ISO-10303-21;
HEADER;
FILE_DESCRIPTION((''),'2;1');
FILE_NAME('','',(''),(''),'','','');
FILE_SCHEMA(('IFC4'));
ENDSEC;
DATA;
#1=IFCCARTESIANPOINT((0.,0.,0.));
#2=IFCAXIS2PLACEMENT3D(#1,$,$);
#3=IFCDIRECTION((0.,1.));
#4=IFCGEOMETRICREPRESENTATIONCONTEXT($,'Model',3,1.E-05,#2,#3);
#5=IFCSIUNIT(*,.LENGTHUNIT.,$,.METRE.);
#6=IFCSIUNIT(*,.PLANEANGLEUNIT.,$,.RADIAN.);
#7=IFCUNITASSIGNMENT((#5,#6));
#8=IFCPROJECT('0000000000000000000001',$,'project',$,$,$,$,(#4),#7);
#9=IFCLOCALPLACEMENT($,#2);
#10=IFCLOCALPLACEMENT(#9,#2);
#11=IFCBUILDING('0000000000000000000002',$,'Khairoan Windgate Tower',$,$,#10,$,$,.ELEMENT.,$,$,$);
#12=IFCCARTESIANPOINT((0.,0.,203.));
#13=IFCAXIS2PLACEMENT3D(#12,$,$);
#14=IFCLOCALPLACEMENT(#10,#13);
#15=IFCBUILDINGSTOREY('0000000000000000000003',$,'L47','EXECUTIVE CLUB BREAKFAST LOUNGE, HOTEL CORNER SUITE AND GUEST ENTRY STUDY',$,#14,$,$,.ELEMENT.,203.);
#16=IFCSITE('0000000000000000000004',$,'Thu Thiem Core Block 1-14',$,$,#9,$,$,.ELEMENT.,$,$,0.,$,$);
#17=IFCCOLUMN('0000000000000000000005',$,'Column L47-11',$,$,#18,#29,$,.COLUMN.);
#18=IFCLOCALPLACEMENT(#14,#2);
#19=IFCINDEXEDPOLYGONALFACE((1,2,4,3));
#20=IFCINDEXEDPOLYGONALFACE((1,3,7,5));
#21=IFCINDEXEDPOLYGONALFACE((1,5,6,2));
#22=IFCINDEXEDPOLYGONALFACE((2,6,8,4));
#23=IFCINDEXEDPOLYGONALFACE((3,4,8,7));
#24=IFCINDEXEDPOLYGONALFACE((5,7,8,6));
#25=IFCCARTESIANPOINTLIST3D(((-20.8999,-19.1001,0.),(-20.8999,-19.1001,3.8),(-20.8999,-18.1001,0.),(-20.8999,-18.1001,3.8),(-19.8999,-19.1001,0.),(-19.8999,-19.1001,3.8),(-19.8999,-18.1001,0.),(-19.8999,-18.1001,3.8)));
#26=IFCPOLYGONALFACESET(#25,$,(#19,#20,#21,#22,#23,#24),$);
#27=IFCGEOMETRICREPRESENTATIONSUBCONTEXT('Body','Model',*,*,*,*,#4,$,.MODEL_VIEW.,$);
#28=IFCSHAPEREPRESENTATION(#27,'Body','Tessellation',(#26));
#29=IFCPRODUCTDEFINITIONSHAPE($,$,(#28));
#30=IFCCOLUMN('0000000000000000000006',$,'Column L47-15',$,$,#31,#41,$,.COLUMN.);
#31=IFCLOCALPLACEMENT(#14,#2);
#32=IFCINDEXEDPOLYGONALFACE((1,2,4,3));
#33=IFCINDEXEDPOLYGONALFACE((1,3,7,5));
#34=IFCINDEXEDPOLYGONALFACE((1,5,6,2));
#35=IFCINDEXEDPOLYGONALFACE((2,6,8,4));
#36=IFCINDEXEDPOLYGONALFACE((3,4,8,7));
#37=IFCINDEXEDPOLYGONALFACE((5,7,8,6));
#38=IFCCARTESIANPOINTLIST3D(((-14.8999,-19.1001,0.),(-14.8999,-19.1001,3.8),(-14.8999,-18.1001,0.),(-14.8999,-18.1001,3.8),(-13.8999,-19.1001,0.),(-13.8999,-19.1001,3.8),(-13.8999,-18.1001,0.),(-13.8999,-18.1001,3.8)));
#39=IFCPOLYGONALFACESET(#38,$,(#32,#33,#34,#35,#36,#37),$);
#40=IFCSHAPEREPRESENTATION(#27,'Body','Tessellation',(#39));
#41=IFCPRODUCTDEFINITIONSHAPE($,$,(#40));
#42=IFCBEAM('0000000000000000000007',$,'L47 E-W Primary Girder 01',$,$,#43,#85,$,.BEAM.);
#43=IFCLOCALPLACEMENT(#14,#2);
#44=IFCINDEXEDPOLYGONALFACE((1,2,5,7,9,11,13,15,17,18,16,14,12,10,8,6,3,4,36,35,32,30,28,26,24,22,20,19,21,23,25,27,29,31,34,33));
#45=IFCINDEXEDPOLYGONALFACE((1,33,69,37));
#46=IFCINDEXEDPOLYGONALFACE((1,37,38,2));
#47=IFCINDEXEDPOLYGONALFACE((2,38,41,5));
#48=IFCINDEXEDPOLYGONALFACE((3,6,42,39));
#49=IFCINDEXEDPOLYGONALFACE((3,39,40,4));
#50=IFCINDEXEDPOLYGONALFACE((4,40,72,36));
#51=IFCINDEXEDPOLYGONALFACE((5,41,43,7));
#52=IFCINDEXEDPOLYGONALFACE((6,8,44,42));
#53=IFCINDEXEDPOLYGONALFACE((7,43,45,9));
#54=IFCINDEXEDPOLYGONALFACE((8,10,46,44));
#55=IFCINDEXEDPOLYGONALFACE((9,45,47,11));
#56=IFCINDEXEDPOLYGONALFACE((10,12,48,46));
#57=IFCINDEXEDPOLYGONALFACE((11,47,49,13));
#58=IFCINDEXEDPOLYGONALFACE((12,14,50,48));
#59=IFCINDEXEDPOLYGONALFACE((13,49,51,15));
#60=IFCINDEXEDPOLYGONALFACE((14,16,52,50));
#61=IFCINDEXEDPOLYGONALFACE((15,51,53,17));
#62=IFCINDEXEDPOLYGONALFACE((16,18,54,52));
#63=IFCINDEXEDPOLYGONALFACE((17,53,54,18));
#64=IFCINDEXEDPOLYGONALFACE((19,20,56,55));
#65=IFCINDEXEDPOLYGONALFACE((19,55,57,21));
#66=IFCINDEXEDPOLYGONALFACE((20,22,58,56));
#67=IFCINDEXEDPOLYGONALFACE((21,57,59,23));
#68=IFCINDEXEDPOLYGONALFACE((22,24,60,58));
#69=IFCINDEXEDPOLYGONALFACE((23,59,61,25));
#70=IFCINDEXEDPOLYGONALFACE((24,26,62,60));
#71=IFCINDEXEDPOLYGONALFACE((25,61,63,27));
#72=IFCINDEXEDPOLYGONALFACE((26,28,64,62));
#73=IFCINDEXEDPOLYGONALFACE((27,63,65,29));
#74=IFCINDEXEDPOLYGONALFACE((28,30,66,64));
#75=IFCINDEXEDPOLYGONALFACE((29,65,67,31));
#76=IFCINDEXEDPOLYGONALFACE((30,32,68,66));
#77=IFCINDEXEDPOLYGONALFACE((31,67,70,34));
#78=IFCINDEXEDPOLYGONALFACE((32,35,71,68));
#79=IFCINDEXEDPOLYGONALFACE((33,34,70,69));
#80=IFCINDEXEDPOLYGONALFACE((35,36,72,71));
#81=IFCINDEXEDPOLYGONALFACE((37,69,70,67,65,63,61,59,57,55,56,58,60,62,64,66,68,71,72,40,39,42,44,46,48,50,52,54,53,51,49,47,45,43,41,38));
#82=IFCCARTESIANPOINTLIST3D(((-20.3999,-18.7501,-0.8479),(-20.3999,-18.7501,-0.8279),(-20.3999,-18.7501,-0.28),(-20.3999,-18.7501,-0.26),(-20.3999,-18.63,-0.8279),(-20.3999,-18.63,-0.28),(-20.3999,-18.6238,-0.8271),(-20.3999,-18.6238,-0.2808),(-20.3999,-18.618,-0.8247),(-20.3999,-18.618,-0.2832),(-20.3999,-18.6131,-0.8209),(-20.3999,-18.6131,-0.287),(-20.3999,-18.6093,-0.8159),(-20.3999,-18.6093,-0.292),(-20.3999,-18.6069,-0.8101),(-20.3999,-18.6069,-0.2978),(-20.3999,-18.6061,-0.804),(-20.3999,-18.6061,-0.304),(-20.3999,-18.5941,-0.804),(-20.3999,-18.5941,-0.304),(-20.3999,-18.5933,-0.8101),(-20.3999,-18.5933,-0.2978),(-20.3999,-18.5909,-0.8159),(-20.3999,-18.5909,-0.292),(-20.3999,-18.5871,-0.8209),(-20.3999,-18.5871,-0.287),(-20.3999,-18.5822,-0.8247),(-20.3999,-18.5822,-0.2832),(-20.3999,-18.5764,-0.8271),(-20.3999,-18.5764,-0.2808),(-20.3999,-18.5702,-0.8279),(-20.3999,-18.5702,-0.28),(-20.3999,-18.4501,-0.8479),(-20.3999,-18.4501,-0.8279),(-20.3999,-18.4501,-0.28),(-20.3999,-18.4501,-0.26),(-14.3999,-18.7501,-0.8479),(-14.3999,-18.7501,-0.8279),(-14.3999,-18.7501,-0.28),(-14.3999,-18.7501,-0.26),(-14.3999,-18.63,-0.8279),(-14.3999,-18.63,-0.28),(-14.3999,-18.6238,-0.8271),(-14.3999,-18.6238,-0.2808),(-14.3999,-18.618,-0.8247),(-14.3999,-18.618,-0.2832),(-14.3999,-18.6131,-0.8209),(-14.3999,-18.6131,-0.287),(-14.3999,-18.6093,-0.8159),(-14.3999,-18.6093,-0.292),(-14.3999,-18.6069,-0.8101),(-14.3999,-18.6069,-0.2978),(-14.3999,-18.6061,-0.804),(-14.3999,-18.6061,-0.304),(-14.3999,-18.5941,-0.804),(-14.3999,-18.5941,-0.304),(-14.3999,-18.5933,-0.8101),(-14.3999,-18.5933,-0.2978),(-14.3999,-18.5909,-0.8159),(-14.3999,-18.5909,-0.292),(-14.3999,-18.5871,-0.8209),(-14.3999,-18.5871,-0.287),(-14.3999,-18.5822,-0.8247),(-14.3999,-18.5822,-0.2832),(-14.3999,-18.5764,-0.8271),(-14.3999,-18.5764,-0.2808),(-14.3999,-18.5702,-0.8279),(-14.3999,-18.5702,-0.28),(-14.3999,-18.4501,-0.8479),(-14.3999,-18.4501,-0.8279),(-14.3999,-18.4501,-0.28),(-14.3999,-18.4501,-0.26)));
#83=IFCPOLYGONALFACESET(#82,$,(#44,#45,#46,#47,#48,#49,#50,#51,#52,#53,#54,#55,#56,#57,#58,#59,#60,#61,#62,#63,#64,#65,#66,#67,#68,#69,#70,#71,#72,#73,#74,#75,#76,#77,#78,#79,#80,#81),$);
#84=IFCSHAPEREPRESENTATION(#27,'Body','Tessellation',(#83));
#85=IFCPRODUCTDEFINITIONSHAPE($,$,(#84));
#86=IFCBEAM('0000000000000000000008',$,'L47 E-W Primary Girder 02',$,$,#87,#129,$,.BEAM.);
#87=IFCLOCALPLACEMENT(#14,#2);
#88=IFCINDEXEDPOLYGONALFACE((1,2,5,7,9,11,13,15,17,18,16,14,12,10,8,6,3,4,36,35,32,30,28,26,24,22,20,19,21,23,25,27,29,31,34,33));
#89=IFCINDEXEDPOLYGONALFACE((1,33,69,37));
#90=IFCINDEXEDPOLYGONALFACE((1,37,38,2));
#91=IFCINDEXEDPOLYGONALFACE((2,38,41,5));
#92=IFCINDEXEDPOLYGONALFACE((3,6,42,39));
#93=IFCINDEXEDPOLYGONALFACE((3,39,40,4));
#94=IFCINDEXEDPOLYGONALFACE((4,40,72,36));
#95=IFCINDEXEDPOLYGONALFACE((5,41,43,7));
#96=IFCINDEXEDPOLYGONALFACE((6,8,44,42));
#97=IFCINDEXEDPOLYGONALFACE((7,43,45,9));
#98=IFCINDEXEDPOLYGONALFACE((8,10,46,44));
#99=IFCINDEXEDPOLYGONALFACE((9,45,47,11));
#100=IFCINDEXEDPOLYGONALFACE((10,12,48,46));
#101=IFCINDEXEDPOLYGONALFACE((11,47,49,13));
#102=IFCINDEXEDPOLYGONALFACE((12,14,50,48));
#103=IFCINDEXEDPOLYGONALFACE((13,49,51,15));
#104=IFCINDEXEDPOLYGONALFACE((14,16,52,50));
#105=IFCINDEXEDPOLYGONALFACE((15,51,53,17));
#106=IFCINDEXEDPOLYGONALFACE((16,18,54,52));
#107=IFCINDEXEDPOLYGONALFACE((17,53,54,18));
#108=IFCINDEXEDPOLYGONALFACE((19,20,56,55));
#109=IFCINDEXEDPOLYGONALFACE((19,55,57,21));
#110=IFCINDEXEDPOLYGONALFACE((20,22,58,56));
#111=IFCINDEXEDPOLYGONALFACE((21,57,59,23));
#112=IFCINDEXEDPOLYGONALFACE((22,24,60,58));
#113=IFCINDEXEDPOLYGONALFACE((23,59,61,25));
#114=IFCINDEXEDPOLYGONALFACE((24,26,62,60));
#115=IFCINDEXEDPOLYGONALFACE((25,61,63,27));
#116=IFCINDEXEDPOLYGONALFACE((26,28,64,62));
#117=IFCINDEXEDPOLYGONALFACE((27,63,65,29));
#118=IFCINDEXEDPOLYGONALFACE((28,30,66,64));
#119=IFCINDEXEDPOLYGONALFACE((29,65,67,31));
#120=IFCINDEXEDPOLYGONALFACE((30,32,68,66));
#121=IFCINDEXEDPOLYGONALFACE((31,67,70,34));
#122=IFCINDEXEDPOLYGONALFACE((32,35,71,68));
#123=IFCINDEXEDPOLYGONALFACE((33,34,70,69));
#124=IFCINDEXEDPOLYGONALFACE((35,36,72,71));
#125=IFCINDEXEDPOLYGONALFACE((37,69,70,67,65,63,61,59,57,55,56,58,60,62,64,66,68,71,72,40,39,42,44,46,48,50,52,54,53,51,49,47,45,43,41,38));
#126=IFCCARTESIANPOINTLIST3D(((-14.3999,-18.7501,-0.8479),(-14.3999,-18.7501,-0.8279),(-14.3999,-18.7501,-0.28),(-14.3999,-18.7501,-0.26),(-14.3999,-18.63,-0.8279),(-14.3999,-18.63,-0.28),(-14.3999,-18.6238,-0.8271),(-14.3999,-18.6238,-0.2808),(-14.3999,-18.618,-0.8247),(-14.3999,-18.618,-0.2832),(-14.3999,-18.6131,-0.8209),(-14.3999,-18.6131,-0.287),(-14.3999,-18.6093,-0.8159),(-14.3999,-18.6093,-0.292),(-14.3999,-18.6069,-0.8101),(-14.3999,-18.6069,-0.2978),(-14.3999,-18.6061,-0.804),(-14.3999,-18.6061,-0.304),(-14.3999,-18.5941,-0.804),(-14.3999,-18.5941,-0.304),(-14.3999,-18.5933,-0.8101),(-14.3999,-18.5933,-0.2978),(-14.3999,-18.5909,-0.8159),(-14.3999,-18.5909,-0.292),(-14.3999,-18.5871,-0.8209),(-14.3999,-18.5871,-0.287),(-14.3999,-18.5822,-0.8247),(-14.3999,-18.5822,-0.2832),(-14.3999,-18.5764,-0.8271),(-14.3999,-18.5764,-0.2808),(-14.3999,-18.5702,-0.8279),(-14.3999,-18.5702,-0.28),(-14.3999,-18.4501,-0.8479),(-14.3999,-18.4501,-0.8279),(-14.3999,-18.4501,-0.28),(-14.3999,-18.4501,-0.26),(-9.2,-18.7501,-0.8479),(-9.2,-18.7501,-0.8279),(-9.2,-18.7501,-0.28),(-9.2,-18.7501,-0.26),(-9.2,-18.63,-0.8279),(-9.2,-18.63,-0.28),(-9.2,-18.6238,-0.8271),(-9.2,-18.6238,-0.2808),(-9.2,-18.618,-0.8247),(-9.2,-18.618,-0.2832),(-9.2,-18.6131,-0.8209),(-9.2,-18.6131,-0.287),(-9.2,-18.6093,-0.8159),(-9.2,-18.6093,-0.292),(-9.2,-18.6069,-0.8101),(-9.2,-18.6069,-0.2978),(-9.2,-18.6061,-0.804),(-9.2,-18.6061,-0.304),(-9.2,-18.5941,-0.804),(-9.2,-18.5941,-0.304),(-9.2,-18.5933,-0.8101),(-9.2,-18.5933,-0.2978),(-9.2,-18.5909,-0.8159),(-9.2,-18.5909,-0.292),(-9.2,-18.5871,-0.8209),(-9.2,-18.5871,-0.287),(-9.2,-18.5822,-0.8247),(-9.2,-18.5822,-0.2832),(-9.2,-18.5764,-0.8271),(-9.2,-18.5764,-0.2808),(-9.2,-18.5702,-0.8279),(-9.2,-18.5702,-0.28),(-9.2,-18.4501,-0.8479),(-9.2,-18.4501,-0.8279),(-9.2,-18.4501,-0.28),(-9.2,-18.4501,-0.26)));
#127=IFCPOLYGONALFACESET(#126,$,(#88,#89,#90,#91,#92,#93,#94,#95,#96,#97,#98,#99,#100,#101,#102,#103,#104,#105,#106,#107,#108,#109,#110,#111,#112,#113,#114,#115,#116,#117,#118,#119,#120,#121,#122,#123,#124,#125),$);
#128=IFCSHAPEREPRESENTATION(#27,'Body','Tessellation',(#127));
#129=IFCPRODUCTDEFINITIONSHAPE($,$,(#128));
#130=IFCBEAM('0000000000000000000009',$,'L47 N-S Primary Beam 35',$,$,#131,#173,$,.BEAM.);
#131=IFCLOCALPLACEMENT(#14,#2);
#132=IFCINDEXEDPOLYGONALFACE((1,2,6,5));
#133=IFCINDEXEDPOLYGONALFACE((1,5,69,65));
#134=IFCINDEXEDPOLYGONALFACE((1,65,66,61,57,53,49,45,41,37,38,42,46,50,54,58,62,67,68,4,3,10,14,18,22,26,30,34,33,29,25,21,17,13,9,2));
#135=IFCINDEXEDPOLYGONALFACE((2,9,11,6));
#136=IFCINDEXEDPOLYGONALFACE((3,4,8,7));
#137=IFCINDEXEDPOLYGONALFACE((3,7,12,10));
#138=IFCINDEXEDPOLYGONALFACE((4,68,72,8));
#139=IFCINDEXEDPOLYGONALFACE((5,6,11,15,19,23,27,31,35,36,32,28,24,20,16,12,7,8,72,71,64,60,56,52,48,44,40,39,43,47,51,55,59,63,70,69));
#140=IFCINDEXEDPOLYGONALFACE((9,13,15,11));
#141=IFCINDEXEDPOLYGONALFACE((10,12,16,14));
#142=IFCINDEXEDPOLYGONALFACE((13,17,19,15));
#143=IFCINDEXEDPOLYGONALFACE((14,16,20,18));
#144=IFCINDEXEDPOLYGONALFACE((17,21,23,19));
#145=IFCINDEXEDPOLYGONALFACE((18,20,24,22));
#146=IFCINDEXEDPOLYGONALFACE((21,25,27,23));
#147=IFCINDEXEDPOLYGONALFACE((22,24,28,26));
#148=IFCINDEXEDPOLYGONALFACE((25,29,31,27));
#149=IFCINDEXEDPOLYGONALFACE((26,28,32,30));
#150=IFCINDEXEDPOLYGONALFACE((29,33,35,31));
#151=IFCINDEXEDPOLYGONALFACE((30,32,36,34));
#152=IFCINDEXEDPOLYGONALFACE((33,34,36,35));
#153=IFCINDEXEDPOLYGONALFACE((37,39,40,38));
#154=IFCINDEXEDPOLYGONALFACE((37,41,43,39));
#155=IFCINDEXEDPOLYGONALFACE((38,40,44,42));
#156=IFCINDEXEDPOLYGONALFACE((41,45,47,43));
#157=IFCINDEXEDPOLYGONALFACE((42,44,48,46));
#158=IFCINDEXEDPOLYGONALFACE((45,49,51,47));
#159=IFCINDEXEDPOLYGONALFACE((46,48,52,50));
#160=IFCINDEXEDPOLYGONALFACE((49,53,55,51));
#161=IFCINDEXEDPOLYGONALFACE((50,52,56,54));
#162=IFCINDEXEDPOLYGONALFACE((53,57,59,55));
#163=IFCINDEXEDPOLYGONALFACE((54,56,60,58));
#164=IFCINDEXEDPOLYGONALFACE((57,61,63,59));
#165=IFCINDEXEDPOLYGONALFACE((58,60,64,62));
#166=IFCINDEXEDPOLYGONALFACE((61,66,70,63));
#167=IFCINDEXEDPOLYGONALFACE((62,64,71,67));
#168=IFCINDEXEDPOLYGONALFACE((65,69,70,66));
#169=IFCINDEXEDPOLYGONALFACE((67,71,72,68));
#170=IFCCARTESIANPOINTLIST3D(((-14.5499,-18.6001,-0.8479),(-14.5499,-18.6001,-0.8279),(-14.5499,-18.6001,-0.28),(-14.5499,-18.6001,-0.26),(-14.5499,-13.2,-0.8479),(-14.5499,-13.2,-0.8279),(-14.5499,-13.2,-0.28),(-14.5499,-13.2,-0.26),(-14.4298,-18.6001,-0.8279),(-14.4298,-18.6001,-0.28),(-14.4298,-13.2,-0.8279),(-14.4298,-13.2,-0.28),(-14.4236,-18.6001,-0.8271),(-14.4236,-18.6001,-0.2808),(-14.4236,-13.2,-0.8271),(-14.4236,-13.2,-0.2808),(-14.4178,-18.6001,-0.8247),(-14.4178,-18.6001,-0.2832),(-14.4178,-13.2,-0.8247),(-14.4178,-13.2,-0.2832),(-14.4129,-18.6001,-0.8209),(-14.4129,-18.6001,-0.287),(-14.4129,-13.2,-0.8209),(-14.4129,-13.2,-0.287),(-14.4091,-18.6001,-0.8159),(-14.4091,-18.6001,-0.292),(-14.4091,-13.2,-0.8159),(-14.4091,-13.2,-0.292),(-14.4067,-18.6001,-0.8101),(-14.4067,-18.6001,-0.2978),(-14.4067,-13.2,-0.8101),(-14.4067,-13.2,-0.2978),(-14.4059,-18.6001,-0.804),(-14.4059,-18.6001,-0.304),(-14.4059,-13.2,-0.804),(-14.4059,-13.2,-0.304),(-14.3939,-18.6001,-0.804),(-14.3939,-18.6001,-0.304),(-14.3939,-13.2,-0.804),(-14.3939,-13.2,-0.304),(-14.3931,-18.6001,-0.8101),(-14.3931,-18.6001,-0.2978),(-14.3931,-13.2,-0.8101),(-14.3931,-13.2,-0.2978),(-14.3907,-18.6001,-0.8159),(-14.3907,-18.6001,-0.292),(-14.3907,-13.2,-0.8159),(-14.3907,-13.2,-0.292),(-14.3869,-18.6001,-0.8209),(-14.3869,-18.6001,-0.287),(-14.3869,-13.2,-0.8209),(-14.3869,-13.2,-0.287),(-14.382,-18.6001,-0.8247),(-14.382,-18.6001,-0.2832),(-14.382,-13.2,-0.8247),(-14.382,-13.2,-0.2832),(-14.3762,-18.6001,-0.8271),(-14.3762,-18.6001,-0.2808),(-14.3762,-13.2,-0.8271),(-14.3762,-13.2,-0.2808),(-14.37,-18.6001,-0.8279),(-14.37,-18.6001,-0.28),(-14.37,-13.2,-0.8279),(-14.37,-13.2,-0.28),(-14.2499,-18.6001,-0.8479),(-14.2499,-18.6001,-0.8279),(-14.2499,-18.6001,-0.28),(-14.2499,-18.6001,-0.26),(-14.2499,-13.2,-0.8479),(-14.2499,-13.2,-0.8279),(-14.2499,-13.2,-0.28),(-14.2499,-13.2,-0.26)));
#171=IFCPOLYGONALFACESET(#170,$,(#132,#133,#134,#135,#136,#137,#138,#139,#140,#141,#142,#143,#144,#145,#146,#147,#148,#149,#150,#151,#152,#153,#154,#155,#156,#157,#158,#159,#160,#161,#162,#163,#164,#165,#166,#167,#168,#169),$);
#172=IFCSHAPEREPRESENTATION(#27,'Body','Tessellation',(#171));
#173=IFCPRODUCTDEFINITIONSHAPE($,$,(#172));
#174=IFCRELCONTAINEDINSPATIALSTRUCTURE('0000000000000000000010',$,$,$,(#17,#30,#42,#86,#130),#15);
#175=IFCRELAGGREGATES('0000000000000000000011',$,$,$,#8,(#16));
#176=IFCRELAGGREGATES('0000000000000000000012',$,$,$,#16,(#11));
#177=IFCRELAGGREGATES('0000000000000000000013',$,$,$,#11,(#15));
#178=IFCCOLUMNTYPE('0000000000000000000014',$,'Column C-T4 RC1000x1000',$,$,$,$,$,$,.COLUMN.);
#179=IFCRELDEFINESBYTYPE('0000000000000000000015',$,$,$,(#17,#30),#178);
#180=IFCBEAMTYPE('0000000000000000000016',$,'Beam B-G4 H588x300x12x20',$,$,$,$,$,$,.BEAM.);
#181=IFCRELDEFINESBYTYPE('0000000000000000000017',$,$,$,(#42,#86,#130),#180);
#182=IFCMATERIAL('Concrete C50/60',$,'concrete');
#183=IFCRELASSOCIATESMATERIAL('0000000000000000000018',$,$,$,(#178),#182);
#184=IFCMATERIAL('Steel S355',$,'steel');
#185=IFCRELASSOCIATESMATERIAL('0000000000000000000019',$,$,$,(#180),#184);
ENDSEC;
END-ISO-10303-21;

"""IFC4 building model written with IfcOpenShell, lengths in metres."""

from ifc_helpers import new_model, si_unit, direction, frame, origin, origin_2d, place, context, subcontext, project, spatial, rectangle, i_section, extrude, material, material_profile, profile_set, type_object, element, save


model = new_model("IFC4")

# Units and contexts
model_context = context("Model", 3, precision=1e-05, world=origin(), true_north=direction((0.0, 1.0)))
body_context = subcontext(model_context, "Body", "Model", "MODEL_VIEW")
ifc_project = project(units=[si_unit("LENGTHUNIT", "METRE"), si_unit("PLANEANGLEUNIT", "RADIAN")], contexts=[model_context])

# Site, building, storey
site_placement = place(None, origin())
site = spatial("IfcSite", under=ifc_project, at=site_placement, Name="Thu Thiem Core Block 1-14", CompositionType="ELEMENT", RefElevation=0.0)
building_placement = place(site_placement, origin())
building = spatial("IfcBuilding", under=site, at=building_placement, Name="Khairoan Windgate Tower", CompositionType="ELEMENT")
storey_placement = place(building_placement, frame((0.0, 0.0, 203.0)))
storey = spatial("IfcBuildingStorey", under=building, at=storey_placement, Name="L47", Description="EXECUTIVE CLUB BREAKFAST LOUNGE, HOTEL CORNER SUITE AND GUEST ENTRY STUDY", CompositionType="ELEMENT", Elevation=203.0)

# Columns
ifc_material_1 = material(Name="Concrete C50/60", Category="concrete")
ifc_material_profile_1 = material_profile(ifc_material_1, rectangle(XDim=1.0, YDim=1.0, at=origin_2d()))
ifc_profile_set_1 = profile_set([ifc_material_profile_1], Name="Concrete C50/60")
column_type = type_object("IfcColumnType", Name="Column C-T4 RC1000x1000", PredefinedType="COLUMN", material=ifc_profile_set_1)
for number, where, z_axis, x_axis, name in (
    (1, (-20.3999, -18.6001, 0.0), (0.0, 0.0, 1.0), (1.0, 0.0, 0.0), "Column L47-11"),
    (2, (-14.3999, -18.6001, 0.0), (0.0, 0.0, 1.0), (1.0, 0.0, 0.0), "Column L47-15"),
):
    element("IfcColumn", number, at=place(storey_placement, frame(where, z_axis=z_axis, x_axis=x_axis)), inside=storey, type_object=column_type, Name=name, PredefinedType="COLUMN", context=body_context, shape_type="SweptSolid", body=[
        extrude(rectangle(XDim=1.0, YDim=1.0, at=origin_2d()), origin(), (0.0, 0.0, 1.0), 3.8),
    ])

# Beams
ifc_material_2 = material(Name="Steel S355", Category="steel")
ifc_material_profile_2 = material_profile(ifc_material_2, i_section(OverallWidth=0.3, OverallDepth=0.5879, WebThickness=0.012, FlangeThickness=0.02, FilletRadius=0.0239, at=origin_2d()))
ifc_profile_set_2 = profile_set([ifc_material_profile_2], Name="Steel S355")
beam_type_1 = type_object("IfcBeamType", Name="Beam B-G4 H588x300x12x20", PredefinedType="BEAM", material=ifc_profile_set_2)
beam_1_placement = place(storey_placement, frame((-20.3999, -18.6001, -0.554), z_axis=(1.0, 0.0, 0.0), x_axis=(0.0, 1.0, 0.0)))
element("IfcBeam", 3, at=beam_1_placement, inside=storey, type_object=beam_type_1, Name="L47 E-W Primary Girder 01", PredefinedType="BEAM", context=body_context, shape_type="SweptSolid", body=[
    extrude(i_section(OverallWidth=0.3, OverallDepth=0.5879, WebThickness=0.012, FlangeThickness=0.02, FilletRadius=0.0239, at=origin_2d()), origin(), (0.0, 0.0, 1.0), 6.0),
])
beam_2_placement = place(storey_placement, frame((-14.3999, -18.6001, -0.554), z_axis=(1.0, 0.0, 0.0), x_axis=(0.0, 1.0, 0.0)))
element("IfcBeam", 4, at=beam_2_placement, inside=storey, type_object=beam_type_1, Name="L47 E-W Primary Girder 02", PredefinedType="BEAM", context=body_context, shape_type="SweptSolid", body=[
    extrude(i_section(OverallWidth=0.3, OverallDepth=0.5879, WebThickness=0.012, FlangeThickness=0.02, FilletRadius=0.0239, at=origin_2d()), origin(), (0.0, 0.0, 1.0), 5.2),
])
beam_3_placement = place(storey_placement, frame((-14.3999, -18.6001, -0.554), z_axis=(0.0, 1.0, 0.0), x_axis=(-1.0, 0.0, 0.0)))
element("IfcBeam", 5, at=beam_3_placement, inside=storey, type_object=beam_type_1, Name="L47 N-S Primary Beam 35", PredefinedType="BEAM", context=body_context, shape_type="SweptSolid", body=[
    extrude(i_section(OverallWidth=0.3, OverallDepth=0.5879, WebThickness=0.012, FlangeThickness=0.02, FilletRadius=0.0239, at=origin_2d()), origin(), (0.0, 0.0, 1.0), 5.4001),
])

save(model, "model.ifc")
